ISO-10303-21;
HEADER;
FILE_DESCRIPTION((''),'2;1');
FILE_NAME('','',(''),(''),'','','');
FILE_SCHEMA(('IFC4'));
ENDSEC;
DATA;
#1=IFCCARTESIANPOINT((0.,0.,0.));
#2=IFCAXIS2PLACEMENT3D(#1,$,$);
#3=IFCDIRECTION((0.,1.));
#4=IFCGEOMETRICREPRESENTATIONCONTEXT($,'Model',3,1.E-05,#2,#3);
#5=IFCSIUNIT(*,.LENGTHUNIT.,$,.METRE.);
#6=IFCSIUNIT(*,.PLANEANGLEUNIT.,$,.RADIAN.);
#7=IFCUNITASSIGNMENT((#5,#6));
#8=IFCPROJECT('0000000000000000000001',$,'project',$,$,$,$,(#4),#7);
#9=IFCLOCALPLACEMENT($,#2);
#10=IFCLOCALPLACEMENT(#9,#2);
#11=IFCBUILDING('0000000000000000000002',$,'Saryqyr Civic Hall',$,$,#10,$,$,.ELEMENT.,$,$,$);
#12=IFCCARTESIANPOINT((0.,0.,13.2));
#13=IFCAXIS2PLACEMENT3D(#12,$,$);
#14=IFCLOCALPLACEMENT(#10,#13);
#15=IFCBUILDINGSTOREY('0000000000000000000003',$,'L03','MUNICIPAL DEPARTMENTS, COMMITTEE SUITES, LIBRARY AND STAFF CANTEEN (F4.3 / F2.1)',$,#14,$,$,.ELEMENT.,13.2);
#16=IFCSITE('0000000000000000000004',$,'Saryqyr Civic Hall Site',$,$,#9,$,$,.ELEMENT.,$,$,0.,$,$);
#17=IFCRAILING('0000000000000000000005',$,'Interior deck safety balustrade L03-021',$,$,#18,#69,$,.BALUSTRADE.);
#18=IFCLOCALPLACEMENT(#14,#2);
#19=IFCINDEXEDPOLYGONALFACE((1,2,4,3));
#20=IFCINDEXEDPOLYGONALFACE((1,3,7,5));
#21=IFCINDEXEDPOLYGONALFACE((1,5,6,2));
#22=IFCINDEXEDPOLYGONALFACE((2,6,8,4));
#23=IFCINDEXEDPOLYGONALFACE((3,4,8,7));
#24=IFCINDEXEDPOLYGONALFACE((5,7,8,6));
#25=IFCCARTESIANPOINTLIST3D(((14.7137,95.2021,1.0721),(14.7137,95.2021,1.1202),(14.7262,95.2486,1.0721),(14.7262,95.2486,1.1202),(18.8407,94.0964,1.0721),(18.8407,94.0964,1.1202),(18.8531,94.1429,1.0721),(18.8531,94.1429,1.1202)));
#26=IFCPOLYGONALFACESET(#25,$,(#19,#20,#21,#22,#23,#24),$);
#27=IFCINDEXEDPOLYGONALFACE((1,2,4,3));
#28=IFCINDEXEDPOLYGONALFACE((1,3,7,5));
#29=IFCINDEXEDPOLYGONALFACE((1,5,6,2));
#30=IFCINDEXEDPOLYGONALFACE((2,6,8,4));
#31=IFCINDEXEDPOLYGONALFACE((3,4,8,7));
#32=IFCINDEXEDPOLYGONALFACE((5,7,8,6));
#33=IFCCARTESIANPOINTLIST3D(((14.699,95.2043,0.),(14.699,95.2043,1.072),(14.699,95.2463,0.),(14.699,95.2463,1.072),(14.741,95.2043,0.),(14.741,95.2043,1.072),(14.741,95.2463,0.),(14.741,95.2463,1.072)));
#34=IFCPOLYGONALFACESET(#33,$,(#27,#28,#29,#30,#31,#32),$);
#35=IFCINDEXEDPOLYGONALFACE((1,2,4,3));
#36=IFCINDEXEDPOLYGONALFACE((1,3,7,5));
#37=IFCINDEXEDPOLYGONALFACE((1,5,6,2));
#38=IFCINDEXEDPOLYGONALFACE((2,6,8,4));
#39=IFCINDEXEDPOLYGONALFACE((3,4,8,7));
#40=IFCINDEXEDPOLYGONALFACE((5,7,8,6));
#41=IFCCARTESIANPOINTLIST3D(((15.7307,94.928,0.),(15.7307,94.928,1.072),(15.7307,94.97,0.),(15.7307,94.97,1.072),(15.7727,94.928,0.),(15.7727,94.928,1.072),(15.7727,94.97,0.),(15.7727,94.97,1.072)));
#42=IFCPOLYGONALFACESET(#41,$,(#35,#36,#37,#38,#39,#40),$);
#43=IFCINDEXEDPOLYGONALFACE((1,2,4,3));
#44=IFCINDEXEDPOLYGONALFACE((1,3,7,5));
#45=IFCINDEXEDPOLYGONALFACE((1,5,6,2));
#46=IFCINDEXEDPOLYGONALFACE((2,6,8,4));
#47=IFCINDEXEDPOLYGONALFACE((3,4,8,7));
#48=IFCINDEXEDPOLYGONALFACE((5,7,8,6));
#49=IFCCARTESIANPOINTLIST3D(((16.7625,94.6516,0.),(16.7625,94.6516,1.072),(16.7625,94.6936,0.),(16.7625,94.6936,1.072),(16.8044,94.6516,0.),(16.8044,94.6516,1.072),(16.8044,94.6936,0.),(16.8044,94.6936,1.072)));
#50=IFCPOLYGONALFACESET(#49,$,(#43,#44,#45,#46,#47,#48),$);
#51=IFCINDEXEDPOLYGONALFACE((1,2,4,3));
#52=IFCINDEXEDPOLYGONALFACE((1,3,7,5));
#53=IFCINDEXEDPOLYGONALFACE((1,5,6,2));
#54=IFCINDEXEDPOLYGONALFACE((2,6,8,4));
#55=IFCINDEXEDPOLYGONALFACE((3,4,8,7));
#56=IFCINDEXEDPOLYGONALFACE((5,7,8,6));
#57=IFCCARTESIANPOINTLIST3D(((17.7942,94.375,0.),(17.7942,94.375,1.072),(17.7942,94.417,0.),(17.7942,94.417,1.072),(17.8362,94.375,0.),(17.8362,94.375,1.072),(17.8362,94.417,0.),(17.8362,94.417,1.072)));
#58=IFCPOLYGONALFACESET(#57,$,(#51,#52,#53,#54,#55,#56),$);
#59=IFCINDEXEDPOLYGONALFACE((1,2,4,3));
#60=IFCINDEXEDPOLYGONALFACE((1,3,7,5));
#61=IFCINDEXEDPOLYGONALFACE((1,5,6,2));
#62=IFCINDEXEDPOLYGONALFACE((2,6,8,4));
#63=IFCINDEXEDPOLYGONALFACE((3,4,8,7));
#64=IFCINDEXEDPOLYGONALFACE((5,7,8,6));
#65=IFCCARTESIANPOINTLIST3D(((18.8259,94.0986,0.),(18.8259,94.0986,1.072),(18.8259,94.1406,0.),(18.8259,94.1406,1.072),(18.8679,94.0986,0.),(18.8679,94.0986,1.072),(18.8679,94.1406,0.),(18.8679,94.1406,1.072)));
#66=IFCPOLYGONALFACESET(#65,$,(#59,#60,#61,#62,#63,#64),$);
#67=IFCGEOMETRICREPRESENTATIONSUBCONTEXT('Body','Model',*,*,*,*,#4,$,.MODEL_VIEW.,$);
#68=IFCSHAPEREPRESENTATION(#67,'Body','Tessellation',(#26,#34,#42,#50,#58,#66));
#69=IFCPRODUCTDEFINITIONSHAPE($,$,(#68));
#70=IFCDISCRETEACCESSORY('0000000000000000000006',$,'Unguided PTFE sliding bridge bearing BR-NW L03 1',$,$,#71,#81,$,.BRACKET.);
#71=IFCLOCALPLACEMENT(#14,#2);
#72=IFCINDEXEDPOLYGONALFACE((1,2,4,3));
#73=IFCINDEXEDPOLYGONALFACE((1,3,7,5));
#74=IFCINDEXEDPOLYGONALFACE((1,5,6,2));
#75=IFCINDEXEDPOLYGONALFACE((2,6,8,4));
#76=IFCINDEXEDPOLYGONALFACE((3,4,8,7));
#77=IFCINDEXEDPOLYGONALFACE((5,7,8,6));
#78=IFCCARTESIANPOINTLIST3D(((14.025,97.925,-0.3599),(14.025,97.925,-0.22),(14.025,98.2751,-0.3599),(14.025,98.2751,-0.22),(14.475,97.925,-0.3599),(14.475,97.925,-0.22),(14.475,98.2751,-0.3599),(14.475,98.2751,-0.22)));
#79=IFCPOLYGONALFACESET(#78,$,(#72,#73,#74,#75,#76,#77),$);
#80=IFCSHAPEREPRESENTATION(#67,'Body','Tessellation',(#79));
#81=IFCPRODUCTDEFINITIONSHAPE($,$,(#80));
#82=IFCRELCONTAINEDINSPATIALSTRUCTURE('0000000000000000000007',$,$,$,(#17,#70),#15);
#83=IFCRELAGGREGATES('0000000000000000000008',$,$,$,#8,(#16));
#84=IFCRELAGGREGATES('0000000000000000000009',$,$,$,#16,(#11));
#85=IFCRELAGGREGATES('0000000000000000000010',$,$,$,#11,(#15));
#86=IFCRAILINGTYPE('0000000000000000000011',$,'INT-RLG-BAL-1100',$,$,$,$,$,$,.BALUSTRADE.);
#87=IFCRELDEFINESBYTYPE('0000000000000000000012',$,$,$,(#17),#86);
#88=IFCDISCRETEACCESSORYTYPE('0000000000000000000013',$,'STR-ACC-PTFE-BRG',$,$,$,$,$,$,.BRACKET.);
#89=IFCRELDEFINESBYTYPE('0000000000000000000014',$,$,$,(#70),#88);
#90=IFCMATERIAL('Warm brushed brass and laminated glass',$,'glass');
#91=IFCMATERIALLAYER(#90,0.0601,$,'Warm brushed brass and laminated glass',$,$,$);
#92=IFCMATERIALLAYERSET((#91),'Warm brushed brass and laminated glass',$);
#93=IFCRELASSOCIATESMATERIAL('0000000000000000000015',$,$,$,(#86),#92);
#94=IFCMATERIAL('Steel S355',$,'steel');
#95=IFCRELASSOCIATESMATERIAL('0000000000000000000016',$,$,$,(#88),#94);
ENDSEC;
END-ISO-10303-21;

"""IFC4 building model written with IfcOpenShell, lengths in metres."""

from ifc_helpers import new_model, si_unit, direction, frame, origin, origin_2d, place, context, subcontext, project, spatial, rectangle, extrude, material, layer, layer_set, type_object, element, save


model = new_model("IFC4")

# Units and contexts
model_context = context("Model", 3, precision=1e-05, world=origin(), true_north=direction((0.0, 1.0)))
body_context = subcontext(model_context, "Body", "Model", "MODEL_VIEW")
ifc_project = project(units=[si_unit("LENGTHUNIT", "METRE"), si_unit("PLANEANGLEUNIT", "RADIAN")], contexts=[model_context])

# Site, building, storey
site_placement = place(None, origin())
site = spatial("IfcSite", under=ifc_project, at=site_placement, Name="Saryqyr Civic Hall Site", CompositionType="ELEMENT", RefElevation=0.0)
building_placement = place(site_placement, origin())
building = spatial("IfcBuilding", under=site, at=building_placement, Name="Saryqyr Civic Hall", CompositionType="ELEMENT")
storey_placement = place(building_placement, frame((0.0, 0.0, 13.2)))
storey = spatial("IfcBuildingStorey", under=building, at=storey_placement, Name="L03", Description="MUNICIPAL DEPARTMENTS, COMMITTEE SUITES, LIBRARY AND STAFF CANTEEN (F4.3 / F2.1)", CompositionType="ELEMENT", Elevation=13.2)

# Shared definitions
ifc_material_1 = material(Name="Steel S355", Category="steel")

# Railing
ifc_material_2 = material(Name="Warm brushed brass and laminated glass", Category="glass")
ifc_layer_1 = layer(ifc_material_2, 0.0601, Name="Warm brushed brass and laminated glass")
ifc_layer_set_1 = layer_set([ifc_layer_1], Name="Warm brushed brass and laminated glass")
railing_type = type_object("IfcRailingType", Name="INT-RLG-BAL-1100", PredefinedType="BALUSTRADE", material=ifc_layer_set_1)
railing_1_placement = place(storey_placement, frame((14.72, 95.2253, 0.0)))
element("IfcRailing", 1, at=railing_1_placement, inside=storey, type_object=railing_type, Name="Interior deck safety balustrade L03-021", PredefinedType="BALUSTRADE", context=body_context, shape_type="SweptSolid", body=[
    extrude(rectangle(XDim=0.0481, YDim=0.0481, at=origin_2d()), frame((0.0, 0.0, 1.0962), z_axis=(0.965932, -0.258797, 0.0), x_axis=(0.258797, 0.965932, 0.0)), (0.0, 0.0, 1.0), 4.2725),
    extrude(rectangle(XDim=0.042, YDim=0.042, at=origin_2d()), origin(), (0.0, 0.0, 1.0), 1.072),
    extrude(rectangle(XDim=0.042, YDim=0.042, at=origin_2d()), frame((1.0317, -0.2764, 0.0)), (0.0, 0.0, 1.0), 1.072),
    extrude(rectangle(XDim=0.042, YDim=0.042, at=origin_2d()), frame((2.0635, -0.5527, 0.0)), (0.0, 0.0, 1.0), 1.072),
    extrude(rectangle(XDim=0.042, YDim=0.042, at=origin_2d()), frame((3.0952, -0.8293, 0.0)), (0.0, 0.0, 1.0), 1.072),
    extrude(rectangle(XDim=0.042, YDim=0.042, at=origin_2d()), frame((4.127, -1.1057, 0.0)), (0.0, 0.0, 1.0), 1.072),
])

# Discrete accessory
discrete_accessory_type = type_object("IfcDiscreteAccessoryType", Name="STR-ACC-PTFE-BRG", PredefinedType="BRACKET", material=ifc_material_1)
discrete_accessory_placement = place(storey_placement, frame((14.25, 98.1001, -0.3599), z_axis=(0.0, 0.0, 1.0), x_axis=(1.0, 0.0, 0.0)))
element("IfcDiscreteAccessory", 2, at=discrete_accessory_placement, inside=storey, type_object=discrete_accessory_type, Name="Unguided PTFE sliding bridge bearing BR-NW L03 1", PredefinedType="BRACKET", context=body_context, shape_type="SweptSolid", body=[
    extrude(rectangle(XDim=0.45, YDim=0.3501, at=origin_2d()), origin(), (0.0, 0.0, 1.0), 0.1399),
])

save(model, "model.ifc")
